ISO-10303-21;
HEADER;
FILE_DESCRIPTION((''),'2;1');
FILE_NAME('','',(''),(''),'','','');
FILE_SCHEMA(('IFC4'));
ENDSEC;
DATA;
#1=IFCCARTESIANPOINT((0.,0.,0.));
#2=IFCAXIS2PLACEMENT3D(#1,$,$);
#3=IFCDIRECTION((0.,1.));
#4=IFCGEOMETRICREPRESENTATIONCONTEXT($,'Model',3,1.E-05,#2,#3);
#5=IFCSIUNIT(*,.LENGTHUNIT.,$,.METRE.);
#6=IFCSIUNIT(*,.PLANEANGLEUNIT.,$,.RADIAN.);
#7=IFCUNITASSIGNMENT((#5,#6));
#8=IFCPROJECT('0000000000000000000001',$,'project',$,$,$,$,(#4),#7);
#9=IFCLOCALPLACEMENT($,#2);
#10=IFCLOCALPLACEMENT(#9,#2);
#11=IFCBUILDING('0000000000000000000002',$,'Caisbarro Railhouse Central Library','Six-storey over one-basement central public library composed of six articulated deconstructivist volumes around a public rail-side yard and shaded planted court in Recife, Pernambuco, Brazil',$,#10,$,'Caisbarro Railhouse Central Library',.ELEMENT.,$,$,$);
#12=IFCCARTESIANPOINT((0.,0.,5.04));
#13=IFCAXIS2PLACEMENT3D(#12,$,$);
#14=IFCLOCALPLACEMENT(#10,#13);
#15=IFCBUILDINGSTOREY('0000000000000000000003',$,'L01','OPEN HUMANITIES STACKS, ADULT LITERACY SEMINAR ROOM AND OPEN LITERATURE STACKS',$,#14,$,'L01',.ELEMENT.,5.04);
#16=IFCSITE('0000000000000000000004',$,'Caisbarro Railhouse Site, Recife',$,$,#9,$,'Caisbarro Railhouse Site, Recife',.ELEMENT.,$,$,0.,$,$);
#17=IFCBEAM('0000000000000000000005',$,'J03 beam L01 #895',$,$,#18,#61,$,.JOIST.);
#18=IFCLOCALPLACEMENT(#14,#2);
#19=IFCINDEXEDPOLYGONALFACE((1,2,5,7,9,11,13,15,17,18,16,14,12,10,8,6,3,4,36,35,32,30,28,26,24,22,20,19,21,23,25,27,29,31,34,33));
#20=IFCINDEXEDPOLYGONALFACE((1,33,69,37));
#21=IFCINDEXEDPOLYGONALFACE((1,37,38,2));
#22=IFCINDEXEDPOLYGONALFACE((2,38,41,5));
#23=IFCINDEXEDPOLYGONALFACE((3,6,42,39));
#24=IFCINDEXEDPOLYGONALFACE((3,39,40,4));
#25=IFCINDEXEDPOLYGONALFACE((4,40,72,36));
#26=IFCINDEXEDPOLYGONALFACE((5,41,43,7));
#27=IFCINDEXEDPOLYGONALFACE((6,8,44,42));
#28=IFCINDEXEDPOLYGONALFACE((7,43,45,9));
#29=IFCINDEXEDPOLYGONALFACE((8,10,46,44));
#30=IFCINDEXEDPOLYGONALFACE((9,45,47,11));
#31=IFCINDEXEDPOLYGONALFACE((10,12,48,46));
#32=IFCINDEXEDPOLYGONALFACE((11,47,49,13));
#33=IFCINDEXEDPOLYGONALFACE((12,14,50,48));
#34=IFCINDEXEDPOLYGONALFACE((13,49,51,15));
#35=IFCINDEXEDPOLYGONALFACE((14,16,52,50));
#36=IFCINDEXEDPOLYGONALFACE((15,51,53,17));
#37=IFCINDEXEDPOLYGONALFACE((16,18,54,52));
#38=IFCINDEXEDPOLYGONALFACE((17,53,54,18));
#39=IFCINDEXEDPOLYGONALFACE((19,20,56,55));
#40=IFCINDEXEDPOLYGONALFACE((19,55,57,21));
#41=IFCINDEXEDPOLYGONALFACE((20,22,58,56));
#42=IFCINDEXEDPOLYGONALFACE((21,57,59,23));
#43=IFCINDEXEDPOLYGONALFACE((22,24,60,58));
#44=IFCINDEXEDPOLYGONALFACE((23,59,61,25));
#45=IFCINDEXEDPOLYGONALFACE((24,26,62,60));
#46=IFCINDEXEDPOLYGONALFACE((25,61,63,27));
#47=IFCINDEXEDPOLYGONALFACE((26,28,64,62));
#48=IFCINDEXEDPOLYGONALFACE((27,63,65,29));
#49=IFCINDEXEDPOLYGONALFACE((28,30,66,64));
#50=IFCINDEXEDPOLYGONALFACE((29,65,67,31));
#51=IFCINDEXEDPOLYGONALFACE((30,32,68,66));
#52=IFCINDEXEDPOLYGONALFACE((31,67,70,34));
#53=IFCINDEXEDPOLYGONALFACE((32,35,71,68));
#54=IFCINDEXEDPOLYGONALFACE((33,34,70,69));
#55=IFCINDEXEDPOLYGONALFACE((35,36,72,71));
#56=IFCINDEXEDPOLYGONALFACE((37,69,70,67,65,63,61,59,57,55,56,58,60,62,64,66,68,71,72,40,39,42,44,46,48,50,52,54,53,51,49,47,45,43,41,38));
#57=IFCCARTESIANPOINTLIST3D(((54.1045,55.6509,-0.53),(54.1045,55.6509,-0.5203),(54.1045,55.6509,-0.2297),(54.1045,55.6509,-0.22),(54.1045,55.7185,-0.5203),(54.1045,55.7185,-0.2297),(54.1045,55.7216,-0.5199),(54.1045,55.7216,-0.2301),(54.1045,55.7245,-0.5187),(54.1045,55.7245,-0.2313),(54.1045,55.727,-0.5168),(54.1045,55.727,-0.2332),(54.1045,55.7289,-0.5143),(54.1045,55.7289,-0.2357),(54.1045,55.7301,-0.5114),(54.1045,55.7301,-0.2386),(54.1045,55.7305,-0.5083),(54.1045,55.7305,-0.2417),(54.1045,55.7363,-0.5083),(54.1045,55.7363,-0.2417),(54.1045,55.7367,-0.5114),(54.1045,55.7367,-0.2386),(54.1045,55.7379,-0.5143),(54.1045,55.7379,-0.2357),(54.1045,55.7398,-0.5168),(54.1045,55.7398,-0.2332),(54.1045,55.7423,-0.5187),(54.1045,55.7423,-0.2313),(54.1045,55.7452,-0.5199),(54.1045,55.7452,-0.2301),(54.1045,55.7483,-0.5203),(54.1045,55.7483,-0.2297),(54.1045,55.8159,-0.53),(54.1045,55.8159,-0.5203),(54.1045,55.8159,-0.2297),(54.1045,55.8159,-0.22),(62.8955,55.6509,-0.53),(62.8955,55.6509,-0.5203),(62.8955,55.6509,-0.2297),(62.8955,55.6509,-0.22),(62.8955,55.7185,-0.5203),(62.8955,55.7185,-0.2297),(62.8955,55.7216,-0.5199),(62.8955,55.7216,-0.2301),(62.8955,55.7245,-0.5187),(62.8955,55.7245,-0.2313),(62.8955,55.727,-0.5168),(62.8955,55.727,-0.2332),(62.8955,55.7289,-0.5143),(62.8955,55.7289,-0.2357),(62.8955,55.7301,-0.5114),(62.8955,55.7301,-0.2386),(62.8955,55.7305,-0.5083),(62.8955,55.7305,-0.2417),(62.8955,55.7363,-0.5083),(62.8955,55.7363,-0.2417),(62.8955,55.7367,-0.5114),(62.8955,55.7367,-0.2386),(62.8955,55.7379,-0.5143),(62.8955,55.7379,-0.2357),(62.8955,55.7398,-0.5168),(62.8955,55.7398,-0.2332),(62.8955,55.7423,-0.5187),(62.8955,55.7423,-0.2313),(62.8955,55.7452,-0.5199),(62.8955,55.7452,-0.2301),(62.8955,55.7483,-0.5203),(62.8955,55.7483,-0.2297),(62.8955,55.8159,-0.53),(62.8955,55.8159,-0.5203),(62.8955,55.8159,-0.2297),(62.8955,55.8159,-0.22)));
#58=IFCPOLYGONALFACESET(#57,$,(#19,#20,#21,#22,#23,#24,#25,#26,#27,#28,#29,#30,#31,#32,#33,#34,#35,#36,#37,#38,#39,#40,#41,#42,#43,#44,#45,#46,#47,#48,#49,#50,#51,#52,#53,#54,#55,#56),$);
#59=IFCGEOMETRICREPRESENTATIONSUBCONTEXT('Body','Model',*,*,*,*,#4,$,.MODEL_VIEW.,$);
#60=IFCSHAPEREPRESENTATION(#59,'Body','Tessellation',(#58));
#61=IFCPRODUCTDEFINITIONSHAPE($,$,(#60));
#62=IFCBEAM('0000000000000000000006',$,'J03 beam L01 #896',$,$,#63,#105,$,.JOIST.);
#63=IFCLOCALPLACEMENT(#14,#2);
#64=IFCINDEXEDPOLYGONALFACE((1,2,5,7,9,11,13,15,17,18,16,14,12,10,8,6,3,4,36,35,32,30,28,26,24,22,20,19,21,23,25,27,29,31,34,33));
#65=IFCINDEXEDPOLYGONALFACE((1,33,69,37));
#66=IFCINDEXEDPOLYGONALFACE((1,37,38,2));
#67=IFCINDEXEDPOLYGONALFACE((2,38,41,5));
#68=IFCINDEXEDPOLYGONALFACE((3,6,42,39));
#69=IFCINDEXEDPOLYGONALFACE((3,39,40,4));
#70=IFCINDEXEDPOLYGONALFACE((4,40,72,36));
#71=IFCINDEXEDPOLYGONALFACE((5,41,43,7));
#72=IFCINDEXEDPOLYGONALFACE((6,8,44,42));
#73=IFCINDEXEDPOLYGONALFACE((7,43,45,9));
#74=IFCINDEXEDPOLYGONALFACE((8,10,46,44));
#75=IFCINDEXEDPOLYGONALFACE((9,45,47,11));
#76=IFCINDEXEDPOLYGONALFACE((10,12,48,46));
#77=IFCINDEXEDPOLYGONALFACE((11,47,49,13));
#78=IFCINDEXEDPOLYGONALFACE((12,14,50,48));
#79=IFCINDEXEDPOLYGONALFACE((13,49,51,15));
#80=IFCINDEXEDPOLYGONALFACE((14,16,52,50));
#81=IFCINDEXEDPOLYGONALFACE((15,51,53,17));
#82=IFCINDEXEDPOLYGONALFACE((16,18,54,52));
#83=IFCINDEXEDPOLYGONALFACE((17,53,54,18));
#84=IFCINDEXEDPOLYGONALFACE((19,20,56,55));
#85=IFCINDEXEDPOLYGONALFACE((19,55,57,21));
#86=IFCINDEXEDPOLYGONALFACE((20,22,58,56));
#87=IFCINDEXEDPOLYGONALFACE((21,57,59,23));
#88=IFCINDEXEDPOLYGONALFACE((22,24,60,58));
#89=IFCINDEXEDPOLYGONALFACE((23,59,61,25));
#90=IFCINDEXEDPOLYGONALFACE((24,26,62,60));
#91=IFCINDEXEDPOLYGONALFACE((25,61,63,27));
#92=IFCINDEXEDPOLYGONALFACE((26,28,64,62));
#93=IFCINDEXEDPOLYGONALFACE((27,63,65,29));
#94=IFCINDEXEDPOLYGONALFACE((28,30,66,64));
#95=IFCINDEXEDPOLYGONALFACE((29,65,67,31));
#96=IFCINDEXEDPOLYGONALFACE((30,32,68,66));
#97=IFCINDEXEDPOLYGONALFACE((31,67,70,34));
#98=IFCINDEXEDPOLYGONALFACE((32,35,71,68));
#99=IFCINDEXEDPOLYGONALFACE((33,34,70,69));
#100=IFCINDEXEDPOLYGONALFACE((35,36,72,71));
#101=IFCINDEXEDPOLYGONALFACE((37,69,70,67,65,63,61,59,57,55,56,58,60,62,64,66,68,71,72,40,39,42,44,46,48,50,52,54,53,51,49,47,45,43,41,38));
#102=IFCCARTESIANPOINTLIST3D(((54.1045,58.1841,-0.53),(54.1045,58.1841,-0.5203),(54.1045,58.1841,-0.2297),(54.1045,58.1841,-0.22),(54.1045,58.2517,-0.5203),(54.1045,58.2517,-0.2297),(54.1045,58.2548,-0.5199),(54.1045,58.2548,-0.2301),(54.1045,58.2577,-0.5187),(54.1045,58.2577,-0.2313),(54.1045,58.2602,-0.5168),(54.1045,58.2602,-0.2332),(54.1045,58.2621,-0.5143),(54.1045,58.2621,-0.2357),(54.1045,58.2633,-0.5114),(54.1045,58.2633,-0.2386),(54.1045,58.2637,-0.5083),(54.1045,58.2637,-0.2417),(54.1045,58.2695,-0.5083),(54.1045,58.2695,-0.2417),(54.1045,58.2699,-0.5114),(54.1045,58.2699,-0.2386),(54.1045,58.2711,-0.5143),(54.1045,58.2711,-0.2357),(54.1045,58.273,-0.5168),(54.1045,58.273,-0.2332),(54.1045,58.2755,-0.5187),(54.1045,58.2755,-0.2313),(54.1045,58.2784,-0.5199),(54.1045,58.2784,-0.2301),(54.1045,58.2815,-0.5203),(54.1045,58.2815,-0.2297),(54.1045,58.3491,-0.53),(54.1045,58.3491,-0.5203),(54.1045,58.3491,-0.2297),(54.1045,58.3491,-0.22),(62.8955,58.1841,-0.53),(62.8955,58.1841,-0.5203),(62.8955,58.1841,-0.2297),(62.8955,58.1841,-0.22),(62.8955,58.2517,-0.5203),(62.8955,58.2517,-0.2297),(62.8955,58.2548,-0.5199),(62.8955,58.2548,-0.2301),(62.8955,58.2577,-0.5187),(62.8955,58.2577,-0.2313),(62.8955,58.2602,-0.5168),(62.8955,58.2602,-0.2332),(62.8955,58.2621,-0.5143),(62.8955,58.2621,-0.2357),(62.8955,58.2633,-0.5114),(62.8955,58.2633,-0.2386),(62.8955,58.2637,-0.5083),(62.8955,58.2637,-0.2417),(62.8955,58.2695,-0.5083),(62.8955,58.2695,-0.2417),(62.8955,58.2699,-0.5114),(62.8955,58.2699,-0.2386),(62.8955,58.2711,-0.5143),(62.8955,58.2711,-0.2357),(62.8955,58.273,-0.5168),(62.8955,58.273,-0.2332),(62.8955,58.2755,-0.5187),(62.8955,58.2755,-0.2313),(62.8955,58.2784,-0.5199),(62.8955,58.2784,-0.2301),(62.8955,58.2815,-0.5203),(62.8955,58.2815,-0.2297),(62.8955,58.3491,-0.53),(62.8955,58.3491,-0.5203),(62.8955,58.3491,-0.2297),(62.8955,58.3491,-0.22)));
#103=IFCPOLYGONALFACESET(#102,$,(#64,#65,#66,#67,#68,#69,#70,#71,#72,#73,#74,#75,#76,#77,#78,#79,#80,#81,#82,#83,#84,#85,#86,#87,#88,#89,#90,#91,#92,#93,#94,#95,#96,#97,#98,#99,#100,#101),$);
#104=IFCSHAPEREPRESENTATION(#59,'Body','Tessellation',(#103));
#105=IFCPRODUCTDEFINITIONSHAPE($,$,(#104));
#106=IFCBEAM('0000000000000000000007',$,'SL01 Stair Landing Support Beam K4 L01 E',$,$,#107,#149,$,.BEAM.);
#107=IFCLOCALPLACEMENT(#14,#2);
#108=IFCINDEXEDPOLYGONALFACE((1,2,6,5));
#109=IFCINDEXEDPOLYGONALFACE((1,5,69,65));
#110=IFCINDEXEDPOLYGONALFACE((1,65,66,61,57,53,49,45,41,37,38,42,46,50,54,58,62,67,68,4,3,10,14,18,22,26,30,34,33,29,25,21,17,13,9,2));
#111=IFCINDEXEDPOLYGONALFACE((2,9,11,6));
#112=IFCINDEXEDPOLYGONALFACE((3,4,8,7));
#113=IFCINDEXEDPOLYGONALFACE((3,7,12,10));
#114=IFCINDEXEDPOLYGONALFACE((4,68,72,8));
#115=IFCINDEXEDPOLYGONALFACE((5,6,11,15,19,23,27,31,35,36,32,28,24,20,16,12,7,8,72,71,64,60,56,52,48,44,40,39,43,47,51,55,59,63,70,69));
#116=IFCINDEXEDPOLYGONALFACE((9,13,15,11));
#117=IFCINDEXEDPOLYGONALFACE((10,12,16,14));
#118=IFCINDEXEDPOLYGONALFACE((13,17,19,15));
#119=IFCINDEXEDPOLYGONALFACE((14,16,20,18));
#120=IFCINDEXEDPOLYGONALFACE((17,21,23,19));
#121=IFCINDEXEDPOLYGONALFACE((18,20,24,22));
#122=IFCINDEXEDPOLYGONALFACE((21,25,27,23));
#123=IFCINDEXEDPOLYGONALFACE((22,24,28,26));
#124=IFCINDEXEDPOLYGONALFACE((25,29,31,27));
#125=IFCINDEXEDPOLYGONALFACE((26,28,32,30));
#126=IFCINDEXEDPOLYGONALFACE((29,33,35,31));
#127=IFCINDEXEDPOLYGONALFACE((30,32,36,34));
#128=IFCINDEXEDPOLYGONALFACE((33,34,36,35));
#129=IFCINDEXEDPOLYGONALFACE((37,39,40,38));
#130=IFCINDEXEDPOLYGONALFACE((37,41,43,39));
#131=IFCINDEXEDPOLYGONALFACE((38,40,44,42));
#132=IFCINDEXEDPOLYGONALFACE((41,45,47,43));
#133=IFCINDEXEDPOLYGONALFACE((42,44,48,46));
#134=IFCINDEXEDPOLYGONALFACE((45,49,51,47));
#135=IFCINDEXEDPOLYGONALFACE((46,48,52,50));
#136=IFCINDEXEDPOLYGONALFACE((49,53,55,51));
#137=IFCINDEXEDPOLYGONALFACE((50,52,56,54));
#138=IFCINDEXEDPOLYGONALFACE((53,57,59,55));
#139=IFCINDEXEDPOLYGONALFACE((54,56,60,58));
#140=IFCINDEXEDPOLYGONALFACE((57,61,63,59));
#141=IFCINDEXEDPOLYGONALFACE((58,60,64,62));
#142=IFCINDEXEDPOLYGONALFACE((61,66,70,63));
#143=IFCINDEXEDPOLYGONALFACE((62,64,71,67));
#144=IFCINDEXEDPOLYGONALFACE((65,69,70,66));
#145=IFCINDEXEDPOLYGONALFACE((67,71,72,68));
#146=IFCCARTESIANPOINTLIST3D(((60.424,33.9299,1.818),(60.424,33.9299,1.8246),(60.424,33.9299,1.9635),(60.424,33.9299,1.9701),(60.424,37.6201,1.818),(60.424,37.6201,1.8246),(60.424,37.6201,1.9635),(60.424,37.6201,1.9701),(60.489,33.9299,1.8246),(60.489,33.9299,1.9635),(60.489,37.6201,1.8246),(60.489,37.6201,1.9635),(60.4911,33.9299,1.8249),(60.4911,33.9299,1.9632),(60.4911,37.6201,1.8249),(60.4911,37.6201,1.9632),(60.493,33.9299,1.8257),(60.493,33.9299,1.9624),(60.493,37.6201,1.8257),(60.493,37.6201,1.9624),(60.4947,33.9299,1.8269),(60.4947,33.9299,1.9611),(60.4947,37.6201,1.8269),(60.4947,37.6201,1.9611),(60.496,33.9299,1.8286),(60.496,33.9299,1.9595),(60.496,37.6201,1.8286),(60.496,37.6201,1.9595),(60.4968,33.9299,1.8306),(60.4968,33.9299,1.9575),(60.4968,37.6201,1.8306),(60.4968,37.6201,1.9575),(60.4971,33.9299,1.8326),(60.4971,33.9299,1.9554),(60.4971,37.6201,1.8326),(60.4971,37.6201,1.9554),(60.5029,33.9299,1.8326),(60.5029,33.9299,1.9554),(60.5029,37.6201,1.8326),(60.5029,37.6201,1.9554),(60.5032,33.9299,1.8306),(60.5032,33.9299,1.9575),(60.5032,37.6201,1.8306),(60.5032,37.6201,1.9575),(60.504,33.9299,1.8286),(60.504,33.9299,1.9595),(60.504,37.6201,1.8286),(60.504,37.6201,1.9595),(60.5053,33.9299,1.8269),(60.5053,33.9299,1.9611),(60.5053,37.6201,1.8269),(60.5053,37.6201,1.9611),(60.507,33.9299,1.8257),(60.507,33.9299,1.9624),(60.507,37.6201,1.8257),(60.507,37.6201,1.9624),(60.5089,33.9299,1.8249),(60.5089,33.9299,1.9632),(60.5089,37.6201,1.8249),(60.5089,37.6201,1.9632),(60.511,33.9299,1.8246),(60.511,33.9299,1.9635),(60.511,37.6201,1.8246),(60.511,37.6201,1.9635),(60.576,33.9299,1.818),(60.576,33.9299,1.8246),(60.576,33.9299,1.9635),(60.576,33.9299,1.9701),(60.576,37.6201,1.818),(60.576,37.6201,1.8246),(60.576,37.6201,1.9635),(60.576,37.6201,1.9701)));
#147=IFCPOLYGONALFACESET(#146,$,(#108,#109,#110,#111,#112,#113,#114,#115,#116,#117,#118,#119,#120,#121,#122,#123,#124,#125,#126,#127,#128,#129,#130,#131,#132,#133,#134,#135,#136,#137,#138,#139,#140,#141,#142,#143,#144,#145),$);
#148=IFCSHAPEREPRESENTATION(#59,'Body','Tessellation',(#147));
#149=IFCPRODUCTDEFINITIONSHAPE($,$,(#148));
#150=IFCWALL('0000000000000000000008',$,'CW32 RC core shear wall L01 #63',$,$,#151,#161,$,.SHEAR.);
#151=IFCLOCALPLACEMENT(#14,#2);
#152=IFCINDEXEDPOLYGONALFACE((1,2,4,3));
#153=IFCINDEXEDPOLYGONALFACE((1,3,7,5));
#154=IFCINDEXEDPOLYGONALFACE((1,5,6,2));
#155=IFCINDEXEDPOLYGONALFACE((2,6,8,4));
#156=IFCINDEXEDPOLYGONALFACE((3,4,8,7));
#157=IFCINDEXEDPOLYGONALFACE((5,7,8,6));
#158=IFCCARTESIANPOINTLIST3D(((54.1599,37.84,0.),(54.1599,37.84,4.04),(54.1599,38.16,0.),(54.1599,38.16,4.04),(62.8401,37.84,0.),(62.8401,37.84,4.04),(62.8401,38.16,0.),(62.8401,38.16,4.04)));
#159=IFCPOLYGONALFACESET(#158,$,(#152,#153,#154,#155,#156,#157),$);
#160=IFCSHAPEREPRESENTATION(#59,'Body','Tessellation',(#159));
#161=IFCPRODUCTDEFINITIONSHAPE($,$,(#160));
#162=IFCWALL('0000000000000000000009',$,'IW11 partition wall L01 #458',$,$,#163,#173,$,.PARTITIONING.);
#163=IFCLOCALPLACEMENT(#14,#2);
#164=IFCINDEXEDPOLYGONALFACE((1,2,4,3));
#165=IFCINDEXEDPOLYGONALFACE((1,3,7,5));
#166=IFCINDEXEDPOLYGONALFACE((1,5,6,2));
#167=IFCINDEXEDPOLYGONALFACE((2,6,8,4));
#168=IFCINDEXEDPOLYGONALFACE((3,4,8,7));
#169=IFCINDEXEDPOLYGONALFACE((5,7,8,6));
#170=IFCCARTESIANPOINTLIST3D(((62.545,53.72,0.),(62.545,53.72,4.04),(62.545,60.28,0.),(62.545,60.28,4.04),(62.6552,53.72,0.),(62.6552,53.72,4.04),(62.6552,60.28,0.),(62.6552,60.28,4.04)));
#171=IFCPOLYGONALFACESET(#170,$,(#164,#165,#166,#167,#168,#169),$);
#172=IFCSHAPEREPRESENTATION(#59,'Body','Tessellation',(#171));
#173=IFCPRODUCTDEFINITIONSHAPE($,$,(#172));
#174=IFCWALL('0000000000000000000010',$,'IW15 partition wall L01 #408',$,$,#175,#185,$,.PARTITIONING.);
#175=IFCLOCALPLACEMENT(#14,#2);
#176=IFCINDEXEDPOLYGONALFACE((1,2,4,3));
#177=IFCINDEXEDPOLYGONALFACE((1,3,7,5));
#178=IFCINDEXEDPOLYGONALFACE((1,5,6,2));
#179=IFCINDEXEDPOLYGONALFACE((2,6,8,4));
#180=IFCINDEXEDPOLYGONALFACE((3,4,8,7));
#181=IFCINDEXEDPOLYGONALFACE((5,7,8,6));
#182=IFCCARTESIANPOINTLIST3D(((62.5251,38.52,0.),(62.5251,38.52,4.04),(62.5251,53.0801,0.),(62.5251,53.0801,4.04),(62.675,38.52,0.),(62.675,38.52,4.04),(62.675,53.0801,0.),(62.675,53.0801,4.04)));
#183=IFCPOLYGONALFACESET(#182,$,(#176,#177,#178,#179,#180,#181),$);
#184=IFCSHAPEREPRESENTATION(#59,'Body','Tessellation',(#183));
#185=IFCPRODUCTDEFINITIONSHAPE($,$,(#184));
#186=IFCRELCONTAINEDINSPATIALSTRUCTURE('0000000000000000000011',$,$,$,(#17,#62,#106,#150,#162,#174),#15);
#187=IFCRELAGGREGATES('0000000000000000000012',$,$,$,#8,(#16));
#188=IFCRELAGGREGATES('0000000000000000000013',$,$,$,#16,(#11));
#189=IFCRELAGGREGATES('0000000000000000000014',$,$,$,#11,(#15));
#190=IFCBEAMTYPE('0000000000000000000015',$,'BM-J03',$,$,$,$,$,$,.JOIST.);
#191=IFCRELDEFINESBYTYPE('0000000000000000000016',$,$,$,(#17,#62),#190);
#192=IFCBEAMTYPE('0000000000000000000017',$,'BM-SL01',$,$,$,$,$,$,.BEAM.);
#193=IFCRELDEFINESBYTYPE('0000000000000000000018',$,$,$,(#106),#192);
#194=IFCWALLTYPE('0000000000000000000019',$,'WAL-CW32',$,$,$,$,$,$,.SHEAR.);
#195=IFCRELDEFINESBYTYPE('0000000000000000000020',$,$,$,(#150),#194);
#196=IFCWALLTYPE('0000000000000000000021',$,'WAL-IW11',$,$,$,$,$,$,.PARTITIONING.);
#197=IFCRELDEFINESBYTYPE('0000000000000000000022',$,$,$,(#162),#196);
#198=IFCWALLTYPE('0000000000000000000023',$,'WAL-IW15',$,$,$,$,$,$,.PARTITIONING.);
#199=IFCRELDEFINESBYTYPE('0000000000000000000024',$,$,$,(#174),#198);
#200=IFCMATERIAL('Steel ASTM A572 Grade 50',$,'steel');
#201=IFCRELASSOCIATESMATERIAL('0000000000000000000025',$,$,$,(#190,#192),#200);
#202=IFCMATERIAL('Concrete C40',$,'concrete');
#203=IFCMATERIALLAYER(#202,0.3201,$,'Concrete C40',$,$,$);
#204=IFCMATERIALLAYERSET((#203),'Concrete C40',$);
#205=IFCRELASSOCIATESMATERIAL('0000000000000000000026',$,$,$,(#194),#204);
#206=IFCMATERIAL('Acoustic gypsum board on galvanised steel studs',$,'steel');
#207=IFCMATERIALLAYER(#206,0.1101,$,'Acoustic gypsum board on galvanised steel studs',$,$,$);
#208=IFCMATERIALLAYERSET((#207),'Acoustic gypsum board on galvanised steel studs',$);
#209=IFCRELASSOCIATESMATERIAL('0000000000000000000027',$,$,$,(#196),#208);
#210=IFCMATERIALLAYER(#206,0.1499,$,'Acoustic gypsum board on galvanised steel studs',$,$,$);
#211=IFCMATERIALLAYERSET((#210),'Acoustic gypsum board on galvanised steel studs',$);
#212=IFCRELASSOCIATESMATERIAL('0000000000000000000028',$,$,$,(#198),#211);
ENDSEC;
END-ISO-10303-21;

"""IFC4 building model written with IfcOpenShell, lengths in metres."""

from ifc_helpers import new_model, si_unit, direction, frame, frame_2d, origin, origin_2d, place, context, subcontext, project, spatial, rectangle, i_section, extrude, material, layer, layer_set, material_profile, profile_set, type_object, element, save


model = new_model("IFC4")

# Units and contexts
model_context = context("Model", 3, precision=1e-05, world=origin(), true_north=direction((0.0, 1.0)))
body_context = subcontext(model_context, "Body", "Model", "MODEL_VIEW")
ifc_project = project(units=[si_unit("LENGTHUNIT", "METRE"), si_unit("PLANEANGLEUNIT", "RADIAN")], contexts=[model_context])

# Site, building, storey
site_placement = place(None, origin())
site = spatial("IfcSite", under=ifc_project, at=site_placement, Name="Caisbarro Railhouse Site, Recife", LongName="Caisbarro Railhouse Site, Recife", CompositionType="ELEMENT", RefElevation=0.0)
building_placement = place(site_placement, origin())
building = spatial("IfcBuilding", under=site, at=building_placement, Name="Caisbarro Railhouse Central Library", Description="Six-storey over one-basement central public library composed of six articulated deconstructivist volumes around a public rail-side yard and shaded planted court in Recife, Pernambuco, Brazil", LongName="Caisbarro Railhouse Central Library", CompositionType="ELEMENT")
storey_placement = place(building_placement, frame((0.0, 0.0, 5.04)))
storey = spatial("IfcBuildingStorey", under=building, at=storey_placement, Name="L01", Description="OPEN HUMANITIES STACKS, ADULT LITERACY SEMINAR ROOM AND OPEN LITERATURE STACKS", LongName="L01", CompositionType="ELEMENT", Elevation=5.04)

# Shared definitions
ifc_material_1 = material(Name="Steel ASTM A572 Grade 50", Category="steel")

# Beams
ifc_material_profile_1 = material_profile(ifc_material_1, i_section(OverallWidth=0.165, OverallDepth=0.3101, WebThickness=0.0059, FlangeThickness=0.0098, FilletRadius=0.012, at=origin_2d()), Name="W310X38.7")
ifc_profile_set_1 = profile_set([ifc_material_profile_1], Name="Steel ASTM A572 Grade 50")
beam_type_1 = type_object("IfcBeamType", Name="BM-J03", PredefinedType="JOIST", material=ifc_profile_set_1)
for number, where, z_axis, x_axis, name in (
    (1, (54.1045, 55.7334, -0.375), (1.0, 0.0, 0.0), (0.0, 1.0, 0.0), "J03 beam L01 #895"),
    (2, (54.1045, 58.2666, -0.375), (1.0, 0.0, 0.0), (0.0, 1.0, 0.0), "J03 beam L01 #896"),
):
    element("IfcBeam", number, at=place(storey_placement, frame(where, z_axis=z_axis, x_axis=x_axis)), inside=storey, type_object=beam_type_1, Name=name, PredefinedType="JOIST", context=body_context, shape_type="SweptSolid", body=[
        extrude(i_section(OverallWidth=0.165, OverallDepth=0.3101, WebThickness=0.0059, FlangeThickness=0.0098, FilletRadius=0.012, at=origin_2d()), origin(), (0.0, 0.0, 1.0), 8.791),
    ])
ifc_material_profile_2 = material_profile(ifc_material_1, i_section(OverallWidth=0.1521, OverallDepth=0.1521, WebThickness=0.0059, FlangeThickness=0.0066, FilletRadius=0.0081, at=origin_2d()), Name="W150X22.5")
ifc_profile_set_2 = profile_set([ifc_material_profile_2], Name="Steel ASTM A572 Grade 50")
beam_type_2 = type_object("IfcBeamType", Name="BM-SL01", PredefinedType="BEAM", material=ifc_profile_set_2)
beam_1_placement = place(storey_placement, frame((60.5, 33.9299, 1.894), z_axis=(0.0, 1.0, 0.0), x_axis=(-1.0, 0.0, 0.0)))
element("IfcBeam", 3, at=beam_1_placement, inside=storey, type_object=beam_type_2, Name="SL01 Stair Landing Support Beam K4 L01 E", PredefinedType="BEAM", context=body_context, shape_type="SweptSolid", body=[
    extrude(i_section(OverallWidth=0.1521, OverallDepth=0.1521, WebThickness=0.0059, FlangeThickness=0.0066, FilletRadius=0.0081, at=origin_2d()), origin(), (0.0, 0.0, 1.0), 3.6902),
])

# Walls
ifc_material_2 = material(Name="Concrete C40", Category="concrete")
ifc_layer_1 = layer(ifc_material_2, 0.3201, Name="Concrete C40")
ifc_layer_set_1 = layer_set([ifc_layer_1], Name="Concrete C40")
wall_type_1 = type_object("IfcWallType", Name="WAL-CW32", PredefinedType="SHEAR", material=ifc_layer_set_1)
wall_1_placement = place(storey_placement, frame((54.1599, 38.0, 0.0), z_axis=(0.0, 0.0, 1.0), x_axis=(1.0, 0.0, 0.0)))
element("IfcWall", 4, at=wall_1_placement, inside=storey, type_object=wall_type_1, Name="CW32 RC core shear wall L01 #63", PredefinedType="SHEAR", context=body_context, shape_type="SweptSolid", body=[
    extrude(rectangle(XDim=8.6802, YDim=0.3201, at=frame_2d((4.3401, 0.0))), origin(), (0.0, 0.0, 1.0), 4.04),
])
ifc_material_3 = material(Name="Acoustic gypsum board on galvanised steel studs", Category="steel")
ifc_layer_2 = layer(ifc_material_3, 0.1101, Name="Acoustic gypsum board on galvanised steel studs")
ifc_layer_set_2 = layer_set([ifc_layer_2], Name="Acoustic gypsum board on galvanised steel studs")
wall_type_2 = type_object("IfcWallType", Name="WAL-IW11", PredefinedType="PARTITIONING", material=ifc_layer_set_2)
wall_2_placement = place(storey_placement, frame((62.6001, 53.72, 0.0), z_axis=(0.0, 0.0, 1.0), x_axis=(0.0, 1.0, 0.0)))
element("IfcWall", 5, at=wall_2_placement, inside=storey, type_object=wall_type_2, Name="IW11 partition wall L01 #458", PredefinedType="PARTITIONING", context=body_context, shape_type="SweptSolid", body=[
    extrude(rectangle(XDim=6.5601, YDim=0.1101, at=frame_2d((3.28, 0.0))), origin(), (0.0, 0.0, 1.0), 4.04),
])
ifc_layer_3 = layer(ifc_material_3, 0.1499, Name="Acoustic gypsum board on galvanised steel studs")
ifc_layer_set_3 = layer_set([ifc_layer_3], Name="Acoustic gypsum board on galvanised steel studs")
wall_type_3 = type_object("IfcWallType", Name="WAL-IW15", PredefinedType="PARTITIONING", material=ifc_layer_set_3)
wall_3_placement = place(storey_placement, frame((62.6001, 38.52, 0.0), z_axis=(0.0, 0.0, 1.0), x_axis=(0.0, 1.0, 0.0)))
element("IfcWall", 6, at=wall_3_placement, inside=storey, type_object=wall_type_3, Name="IW15 partition wall L01 #408", PredefinedType="PARTITIONING", context=body_context, shape_type="SweptSolid", body=[
    extrude(rectangle(XDim=14.5601, YDim=0.1499, at=frame_2d((7.28, 0.0))), origin(), (0.0, 0.0, 1.0), 4.04),
])

save(model, "model.ifc")
